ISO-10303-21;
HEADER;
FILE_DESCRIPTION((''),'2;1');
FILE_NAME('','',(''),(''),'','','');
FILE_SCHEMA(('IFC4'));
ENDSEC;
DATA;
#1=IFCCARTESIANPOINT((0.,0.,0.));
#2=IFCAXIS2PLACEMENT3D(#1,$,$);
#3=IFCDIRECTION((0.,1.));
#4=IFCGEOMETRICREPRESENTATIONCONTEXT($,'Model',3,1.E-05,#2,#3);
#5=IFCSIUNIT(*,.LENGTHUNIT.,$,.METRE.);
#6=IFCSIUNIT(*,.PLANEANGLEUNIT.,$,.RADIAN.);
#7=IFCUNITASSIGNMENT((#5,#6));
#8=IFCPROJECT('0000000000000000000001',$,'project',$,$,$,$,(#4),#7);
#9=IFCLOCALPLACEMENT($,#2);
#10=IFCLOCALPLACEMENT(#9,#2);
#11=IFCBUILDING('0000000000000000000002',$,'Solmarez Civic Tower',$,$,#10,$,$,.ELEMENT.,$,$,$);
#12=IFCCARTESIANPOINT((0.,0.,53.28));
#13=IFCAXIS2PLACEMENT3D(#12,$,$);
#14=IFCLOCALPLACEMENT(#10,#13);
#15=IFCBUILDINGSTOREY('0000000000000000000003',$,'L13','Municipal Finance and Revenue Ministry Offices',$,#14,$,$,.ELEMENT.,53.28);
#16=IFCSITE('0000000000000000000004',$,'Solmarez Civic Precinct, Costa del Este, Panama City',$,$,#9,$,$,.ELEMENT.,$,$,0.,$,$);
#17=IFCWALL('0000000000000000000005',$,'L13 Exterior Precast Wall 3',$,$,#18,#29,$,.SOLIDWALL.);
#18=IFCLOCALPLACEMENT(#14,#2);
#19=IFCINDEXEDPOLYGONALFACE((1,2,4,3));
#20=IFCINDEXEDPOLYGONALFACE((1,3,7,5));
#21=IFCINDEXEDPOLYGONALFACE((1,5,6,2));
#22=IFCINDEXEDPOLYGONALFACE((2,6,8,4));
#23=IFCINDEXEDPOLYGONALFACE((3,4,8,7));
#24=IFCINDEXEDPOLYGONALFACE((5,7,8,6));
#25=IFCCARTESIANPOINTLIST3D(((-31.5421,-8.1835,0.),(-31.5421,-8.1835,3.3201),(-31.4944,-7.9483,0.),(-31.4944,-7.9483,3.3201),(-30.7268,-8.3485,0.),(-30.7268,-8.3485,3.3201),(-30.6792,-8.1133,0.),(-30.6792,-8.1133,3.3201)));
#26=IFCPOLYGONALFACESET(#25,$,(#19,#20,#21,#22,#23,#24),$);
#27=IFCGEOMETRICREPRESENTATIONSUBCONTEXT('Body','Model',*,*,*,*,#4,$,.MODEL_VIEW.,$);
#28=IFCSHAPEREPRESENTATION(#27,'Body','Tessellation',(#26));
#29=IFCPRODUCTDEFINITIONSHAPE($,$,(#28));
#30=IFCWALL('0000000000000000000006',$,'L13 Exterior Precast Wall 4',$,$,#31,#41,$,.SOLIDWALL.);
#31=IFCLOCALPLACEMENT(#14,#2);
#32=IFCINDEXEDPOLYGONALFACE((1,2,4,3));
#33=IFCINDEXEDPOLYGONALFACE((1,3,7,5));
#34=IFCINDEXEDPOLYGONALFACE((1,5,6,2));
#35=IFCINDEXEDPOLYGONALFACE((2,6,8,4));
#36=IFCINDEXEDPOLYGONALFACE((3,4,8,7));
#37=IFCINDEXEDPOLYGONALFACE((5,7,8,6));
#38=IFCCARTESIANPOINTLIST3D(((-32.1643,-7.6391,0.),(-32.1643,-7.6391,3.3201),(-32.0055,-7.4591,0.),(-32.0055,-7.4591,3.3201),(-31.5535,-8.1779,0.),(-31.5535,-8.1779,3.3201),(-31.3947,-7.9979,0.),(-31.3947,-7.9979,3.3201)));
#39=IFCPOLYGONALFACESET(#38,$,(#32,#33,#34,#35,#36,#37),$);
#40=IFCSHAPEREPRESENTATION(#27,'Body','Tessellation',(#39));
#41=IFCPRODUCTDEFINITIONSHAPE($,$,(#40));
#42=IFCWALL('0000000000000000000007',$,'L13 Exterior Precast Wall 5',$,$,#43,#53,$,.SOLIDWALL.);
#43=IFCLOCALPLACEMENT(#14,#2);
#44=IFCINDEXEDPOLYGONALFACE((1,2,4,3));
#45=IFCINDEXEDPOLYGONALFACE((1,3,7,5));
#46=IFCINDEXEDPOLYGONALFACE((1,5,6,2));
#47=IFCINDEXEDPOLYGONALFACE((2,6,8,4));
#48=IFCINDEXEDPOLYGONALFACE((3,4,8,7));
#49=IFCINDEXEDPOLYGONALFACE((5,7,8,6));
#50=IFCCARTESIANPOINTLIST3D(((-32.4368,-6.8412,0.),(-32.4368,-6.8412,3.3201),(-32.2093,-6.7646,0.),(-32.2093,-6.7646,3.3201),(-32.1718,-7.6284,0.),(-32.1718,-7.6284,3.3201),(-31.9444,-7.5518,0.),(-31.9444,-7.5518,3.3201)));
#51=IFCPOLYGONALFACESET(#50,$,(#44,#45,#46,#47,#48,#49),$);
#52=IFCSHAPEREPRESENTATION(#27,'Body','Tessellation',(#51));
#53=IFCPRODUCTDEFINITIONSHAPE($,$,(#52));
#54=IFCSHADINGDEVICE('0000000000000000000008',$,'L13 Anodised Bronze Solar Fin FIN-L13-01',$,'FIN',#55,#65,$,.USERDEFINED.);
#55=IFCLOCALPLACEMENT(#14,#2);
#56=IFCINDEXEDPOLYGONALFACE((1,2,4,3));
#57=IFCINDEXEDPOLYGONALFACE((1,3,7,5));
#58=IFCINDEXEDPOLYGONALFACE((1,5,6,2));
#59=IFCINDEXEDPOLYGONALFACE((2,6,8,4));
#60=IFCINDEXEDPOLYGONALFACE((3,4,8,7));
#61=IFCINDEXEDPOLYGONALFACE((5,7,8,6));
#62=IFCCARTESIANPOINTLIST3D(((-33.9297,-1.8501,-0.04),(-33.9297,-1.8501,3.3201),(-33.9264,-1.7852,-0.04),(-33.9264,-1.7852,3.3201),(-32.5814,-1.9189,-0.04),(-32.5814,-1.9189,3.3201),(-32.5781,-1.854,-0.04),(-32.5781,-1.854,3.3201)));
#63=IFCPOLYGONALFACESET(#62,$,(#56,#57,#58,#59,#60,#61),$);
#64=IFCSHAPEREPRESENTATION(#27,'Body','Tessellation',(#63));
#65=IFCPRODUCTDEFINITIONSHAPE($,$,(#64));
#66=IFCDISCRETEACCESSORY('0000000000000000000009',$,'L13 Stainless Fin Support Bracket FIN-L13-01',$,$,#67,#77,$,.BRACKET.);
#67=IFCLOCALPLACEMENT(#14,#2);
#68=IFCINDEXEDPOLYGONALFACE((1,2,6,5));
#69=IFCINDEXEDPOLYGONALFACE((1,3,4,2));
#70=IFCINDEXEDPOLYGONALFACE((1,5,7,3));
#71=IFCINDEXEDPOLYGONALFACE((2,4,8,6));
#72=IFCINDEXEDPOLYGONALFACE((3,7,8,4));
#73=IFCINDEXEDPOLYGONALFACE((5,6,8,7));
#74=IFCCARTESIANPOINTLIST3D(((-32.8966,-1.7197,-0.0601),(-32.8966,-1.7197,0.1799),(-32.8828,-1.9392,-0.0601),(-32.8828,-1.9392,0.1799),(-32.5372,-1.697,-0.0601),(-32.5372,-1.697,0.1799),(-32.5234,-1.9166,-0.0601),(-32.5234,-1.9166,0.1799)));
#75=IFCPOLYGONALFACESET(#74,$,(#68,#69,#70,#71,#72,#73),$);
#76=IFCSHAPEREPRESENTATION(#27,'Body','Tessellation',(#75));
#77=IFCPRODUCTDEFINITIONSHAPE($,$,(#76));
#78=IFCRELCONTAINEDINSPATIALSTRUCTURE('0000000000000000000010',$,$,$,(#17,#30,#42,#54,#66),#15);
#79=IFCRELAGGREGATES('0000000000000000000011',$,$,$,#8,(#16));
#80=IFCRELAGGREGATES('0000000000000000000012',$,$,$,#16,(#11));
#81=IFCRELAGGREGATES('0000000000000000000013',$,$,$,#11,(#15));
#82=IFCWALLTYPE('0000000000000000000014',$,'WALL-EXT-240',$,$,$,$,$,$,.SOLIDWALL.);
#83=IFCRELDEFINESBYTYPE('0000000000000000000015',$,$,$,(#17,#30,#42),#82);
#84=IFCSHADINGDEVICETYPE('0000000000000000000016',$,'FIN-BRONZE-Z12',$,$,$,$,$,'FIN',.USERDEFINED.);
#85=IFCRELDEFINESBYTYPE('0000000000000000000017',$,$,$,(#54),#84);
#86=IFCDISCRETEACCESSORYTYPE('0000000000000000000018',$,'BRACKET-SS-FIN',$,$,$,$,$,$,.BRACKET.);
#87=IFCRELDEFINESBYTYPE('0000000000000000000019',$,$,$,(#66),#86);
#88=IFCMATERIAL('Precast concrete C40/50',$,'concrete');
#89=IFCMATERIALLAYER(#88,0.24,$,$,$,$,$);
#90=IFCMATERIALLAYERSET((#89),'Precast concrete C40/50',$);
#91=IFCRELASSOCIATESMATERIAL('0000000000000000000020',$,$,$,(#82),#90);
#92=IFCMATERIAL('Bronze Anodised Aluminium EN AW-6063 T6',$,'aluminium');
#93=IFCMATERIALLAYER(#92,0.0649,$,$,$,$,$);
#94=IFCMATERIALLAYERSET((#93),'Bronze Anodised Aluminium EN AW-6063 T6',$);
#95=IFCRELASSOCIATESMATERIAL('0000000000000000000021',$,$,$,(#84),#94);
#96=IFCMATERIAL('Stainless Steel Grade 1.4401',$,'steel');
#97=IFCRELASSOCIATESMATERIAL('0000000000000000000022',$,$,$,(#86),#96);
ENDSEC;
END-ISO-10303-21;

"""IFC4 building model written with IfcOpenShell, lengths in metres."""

from ifc_helpers import new_model, si_unit, direction, frame, frame_2d, origin, origin_2d, place, context, subcontext, project, spatial, rectangle, extrude, material, layer, layer_set, type_object, element, save


model = new_model("IFC4")

# Units and contexts
model_context = context("Model", 3, precision=1e-05, world=origin(), true_north=direction((0.0, 1.0)))
body_context = subcontext(model_context, "Body", "Model", "MODEL_VIEW")
ifc_project = project(units=[si_unit("LENGTHUNIT", "METRE"), si_unit("PLANEANGLEUNIT", "RADIAN")], contexts=[model_context])

# Site, building, storey
site_placement = place(None, origin())
site = spatial("IfcSite", under=ifc_project, at=site_placement, Name="Solmarez Civic Precinct, Costa del Este, Panama City", CompositionType="ELEMENT", RefElevation=0.0)
building_placement = place(site_placement, origin())
building = spatial("IfcBuilding", under=site, at=building_placement, Name="Solmarez Civic Tower", CompositionType="ELEMENT")
storey_placement = place(building_placement, frame((0.0, 0.0, 53.28)))
storey = spatial("IfcBuildingStorey", under=building, at=storey_placement, Name="L13", Description="Municipal Finance and Revenue Ministry Offices", CompositionType="ELEMENT", Elevation=53.28)

# Shared definitions
ifc_material_1 = material(Name="Bronze Anodised Aluminium EN AW-6063 T6", Category="aluminium")

# Walls
ifc_material_2 = material(Name="Precast concrete C40/50", Category="concrete")
ifc_layer_1 = layer(ifc_material_2, 0.24)
ifc_layer_set_1 = layer_set([ifc_layer_1], Name="Precast concrete C40/50")
wall_type = type_object("IfcWallType", Name="WALL-EXT-240", PredefinedType="SOLIDWALL", material=ifc_layer_set_1)
wall_1_placement = place(storey_placement, frame((-30.7029, -8.231, 0.0), z_axis=(0.0, 0.0, 1.0), x_axis=(-0.980115, 0.19843, 0.0)))
element("IfcWall", 1, at=wall_1_placement, inside=storey, type_object=wall_type, Name="L13 Exterior Precast Wall 3", PredefinedType="SOLIDWALL", context=body_context, shape_type="SweptSolid", body=[
    extrude(rectangle(XDim=0.8318, YDim=0.24, at=frame_2d((0.416, 0.0))), origin(), (0.0, 0.0, 1.0), 3.3201),
])
wall_2_placement = place(storey_placement, frame((-31.4741, -8.0879, 0.0), z_axis=(0.0, 0.0, 1.0), x_axis=(-0.749934, 0.661513, 0.0)))
element("IfcWall", 2, at=wall_2_placement, inside=storey, type_object=wall_type, Name="L13 Exterior Precast Wall 4", PredefinedType="SOLIDWALL", context=body_context, shape_type="SweptSolid", body=[
    extrude(rectangle(XDim=0.8145, YDim=0.24, at=frame_2d((0.4072, 0.0))), origin(), (0.0, 0.0, 1.0), 3.3201),
])
wall_3_placement = place(storey_placement, frame((-32.0581, -7.5901, 0.0), z_axis=(0.0, 0.0, 1.0), x_axis=(-0.31896, 0.947768, 0.0)))
element("IfcWall", 3, at=wall_3_placement, inside=storey, type_object=wall_type, Name="L13 Exterior Precast Wall 5", PredefinedType="SOLIDWALL", context=body_context, shape_type="SweptSolid", body=[
    extrude(rectangle(XDim=0.8306, YDim=0.24, at=frame_2d((0.4153, 0.0))), origin(), (0.0, 0.0, 1.0), 3.3201),
])

# Shading device
ifc_layer_2 = layer(ifc_material_1, 0.0649)
ifc_layer_set_2 = layer_set([ifc_layer_2], Name="Bronze Anodised Aluminium EN AW-6063 T6")
shading_device_type = type_object("IfcShadingDeviceType", Name="FIN-BRONZE-Z12", ElementType="FIN", PredefinedType="USERDEFINED", material=ifc_layer_set_2)
shading_device_placement = place(storey_placement, frame((-33.2539, -1.8521, -0.04), z_axis=(0.0, 0.0, 1.0), x_axis=(-0.998702, 0.050942, 0.0)))
element("IfcShadingDevice", 4, at=shading_device_placement, inside=storey, type_object=shading_device_type, Name="L13 Anodised Bronze Solar Fin FIN-L13-01", ObjectType="FIN", PredefinedType="USERDEFINED", context=body_context, shape_type="SweptSolid", body=[
    extrude(rectangle(XDim=1.3501, YDim=0.0649, at=origin_2d()), origin(), (0.0, 0.0, 1.0), 3.3601),
])

# Discrete accessory
ifc_material_3 = material(Name="Stainless Steel Grade 1.4401", Category="steel")
discrete_accessory_type = type_object("IfcDiscreteAccessoryType", Name="BRACKET-SS-FIN", PredefinedType="BRACKET", material=ifc_material_3)
discrete_accessory_placement = place(storey_placement, frame((-32.71, -1.8181, -0.0601), z_axis=(0.0, 0.0, 1.0), x_axis=(-0.998027, -0.062793, 0.0)))
element("IfcDiscreteAccessory", 5, at=discrete_accessory_placement, inside=storey, type_object=discrete_accessory_type, Name="L13 Stainless Fin Support Bracket FIN-L13-01", PredefinedType="BRACKET", context=body_context, shape_type="SweptSolid", body=[
    extrude(rectangle(XDim=0.3601, YDim=0.22, at=origin_2d()), origin(), (0.0, 0.0, 1.0), 0.24),
])

save(model, "model.ifc")
